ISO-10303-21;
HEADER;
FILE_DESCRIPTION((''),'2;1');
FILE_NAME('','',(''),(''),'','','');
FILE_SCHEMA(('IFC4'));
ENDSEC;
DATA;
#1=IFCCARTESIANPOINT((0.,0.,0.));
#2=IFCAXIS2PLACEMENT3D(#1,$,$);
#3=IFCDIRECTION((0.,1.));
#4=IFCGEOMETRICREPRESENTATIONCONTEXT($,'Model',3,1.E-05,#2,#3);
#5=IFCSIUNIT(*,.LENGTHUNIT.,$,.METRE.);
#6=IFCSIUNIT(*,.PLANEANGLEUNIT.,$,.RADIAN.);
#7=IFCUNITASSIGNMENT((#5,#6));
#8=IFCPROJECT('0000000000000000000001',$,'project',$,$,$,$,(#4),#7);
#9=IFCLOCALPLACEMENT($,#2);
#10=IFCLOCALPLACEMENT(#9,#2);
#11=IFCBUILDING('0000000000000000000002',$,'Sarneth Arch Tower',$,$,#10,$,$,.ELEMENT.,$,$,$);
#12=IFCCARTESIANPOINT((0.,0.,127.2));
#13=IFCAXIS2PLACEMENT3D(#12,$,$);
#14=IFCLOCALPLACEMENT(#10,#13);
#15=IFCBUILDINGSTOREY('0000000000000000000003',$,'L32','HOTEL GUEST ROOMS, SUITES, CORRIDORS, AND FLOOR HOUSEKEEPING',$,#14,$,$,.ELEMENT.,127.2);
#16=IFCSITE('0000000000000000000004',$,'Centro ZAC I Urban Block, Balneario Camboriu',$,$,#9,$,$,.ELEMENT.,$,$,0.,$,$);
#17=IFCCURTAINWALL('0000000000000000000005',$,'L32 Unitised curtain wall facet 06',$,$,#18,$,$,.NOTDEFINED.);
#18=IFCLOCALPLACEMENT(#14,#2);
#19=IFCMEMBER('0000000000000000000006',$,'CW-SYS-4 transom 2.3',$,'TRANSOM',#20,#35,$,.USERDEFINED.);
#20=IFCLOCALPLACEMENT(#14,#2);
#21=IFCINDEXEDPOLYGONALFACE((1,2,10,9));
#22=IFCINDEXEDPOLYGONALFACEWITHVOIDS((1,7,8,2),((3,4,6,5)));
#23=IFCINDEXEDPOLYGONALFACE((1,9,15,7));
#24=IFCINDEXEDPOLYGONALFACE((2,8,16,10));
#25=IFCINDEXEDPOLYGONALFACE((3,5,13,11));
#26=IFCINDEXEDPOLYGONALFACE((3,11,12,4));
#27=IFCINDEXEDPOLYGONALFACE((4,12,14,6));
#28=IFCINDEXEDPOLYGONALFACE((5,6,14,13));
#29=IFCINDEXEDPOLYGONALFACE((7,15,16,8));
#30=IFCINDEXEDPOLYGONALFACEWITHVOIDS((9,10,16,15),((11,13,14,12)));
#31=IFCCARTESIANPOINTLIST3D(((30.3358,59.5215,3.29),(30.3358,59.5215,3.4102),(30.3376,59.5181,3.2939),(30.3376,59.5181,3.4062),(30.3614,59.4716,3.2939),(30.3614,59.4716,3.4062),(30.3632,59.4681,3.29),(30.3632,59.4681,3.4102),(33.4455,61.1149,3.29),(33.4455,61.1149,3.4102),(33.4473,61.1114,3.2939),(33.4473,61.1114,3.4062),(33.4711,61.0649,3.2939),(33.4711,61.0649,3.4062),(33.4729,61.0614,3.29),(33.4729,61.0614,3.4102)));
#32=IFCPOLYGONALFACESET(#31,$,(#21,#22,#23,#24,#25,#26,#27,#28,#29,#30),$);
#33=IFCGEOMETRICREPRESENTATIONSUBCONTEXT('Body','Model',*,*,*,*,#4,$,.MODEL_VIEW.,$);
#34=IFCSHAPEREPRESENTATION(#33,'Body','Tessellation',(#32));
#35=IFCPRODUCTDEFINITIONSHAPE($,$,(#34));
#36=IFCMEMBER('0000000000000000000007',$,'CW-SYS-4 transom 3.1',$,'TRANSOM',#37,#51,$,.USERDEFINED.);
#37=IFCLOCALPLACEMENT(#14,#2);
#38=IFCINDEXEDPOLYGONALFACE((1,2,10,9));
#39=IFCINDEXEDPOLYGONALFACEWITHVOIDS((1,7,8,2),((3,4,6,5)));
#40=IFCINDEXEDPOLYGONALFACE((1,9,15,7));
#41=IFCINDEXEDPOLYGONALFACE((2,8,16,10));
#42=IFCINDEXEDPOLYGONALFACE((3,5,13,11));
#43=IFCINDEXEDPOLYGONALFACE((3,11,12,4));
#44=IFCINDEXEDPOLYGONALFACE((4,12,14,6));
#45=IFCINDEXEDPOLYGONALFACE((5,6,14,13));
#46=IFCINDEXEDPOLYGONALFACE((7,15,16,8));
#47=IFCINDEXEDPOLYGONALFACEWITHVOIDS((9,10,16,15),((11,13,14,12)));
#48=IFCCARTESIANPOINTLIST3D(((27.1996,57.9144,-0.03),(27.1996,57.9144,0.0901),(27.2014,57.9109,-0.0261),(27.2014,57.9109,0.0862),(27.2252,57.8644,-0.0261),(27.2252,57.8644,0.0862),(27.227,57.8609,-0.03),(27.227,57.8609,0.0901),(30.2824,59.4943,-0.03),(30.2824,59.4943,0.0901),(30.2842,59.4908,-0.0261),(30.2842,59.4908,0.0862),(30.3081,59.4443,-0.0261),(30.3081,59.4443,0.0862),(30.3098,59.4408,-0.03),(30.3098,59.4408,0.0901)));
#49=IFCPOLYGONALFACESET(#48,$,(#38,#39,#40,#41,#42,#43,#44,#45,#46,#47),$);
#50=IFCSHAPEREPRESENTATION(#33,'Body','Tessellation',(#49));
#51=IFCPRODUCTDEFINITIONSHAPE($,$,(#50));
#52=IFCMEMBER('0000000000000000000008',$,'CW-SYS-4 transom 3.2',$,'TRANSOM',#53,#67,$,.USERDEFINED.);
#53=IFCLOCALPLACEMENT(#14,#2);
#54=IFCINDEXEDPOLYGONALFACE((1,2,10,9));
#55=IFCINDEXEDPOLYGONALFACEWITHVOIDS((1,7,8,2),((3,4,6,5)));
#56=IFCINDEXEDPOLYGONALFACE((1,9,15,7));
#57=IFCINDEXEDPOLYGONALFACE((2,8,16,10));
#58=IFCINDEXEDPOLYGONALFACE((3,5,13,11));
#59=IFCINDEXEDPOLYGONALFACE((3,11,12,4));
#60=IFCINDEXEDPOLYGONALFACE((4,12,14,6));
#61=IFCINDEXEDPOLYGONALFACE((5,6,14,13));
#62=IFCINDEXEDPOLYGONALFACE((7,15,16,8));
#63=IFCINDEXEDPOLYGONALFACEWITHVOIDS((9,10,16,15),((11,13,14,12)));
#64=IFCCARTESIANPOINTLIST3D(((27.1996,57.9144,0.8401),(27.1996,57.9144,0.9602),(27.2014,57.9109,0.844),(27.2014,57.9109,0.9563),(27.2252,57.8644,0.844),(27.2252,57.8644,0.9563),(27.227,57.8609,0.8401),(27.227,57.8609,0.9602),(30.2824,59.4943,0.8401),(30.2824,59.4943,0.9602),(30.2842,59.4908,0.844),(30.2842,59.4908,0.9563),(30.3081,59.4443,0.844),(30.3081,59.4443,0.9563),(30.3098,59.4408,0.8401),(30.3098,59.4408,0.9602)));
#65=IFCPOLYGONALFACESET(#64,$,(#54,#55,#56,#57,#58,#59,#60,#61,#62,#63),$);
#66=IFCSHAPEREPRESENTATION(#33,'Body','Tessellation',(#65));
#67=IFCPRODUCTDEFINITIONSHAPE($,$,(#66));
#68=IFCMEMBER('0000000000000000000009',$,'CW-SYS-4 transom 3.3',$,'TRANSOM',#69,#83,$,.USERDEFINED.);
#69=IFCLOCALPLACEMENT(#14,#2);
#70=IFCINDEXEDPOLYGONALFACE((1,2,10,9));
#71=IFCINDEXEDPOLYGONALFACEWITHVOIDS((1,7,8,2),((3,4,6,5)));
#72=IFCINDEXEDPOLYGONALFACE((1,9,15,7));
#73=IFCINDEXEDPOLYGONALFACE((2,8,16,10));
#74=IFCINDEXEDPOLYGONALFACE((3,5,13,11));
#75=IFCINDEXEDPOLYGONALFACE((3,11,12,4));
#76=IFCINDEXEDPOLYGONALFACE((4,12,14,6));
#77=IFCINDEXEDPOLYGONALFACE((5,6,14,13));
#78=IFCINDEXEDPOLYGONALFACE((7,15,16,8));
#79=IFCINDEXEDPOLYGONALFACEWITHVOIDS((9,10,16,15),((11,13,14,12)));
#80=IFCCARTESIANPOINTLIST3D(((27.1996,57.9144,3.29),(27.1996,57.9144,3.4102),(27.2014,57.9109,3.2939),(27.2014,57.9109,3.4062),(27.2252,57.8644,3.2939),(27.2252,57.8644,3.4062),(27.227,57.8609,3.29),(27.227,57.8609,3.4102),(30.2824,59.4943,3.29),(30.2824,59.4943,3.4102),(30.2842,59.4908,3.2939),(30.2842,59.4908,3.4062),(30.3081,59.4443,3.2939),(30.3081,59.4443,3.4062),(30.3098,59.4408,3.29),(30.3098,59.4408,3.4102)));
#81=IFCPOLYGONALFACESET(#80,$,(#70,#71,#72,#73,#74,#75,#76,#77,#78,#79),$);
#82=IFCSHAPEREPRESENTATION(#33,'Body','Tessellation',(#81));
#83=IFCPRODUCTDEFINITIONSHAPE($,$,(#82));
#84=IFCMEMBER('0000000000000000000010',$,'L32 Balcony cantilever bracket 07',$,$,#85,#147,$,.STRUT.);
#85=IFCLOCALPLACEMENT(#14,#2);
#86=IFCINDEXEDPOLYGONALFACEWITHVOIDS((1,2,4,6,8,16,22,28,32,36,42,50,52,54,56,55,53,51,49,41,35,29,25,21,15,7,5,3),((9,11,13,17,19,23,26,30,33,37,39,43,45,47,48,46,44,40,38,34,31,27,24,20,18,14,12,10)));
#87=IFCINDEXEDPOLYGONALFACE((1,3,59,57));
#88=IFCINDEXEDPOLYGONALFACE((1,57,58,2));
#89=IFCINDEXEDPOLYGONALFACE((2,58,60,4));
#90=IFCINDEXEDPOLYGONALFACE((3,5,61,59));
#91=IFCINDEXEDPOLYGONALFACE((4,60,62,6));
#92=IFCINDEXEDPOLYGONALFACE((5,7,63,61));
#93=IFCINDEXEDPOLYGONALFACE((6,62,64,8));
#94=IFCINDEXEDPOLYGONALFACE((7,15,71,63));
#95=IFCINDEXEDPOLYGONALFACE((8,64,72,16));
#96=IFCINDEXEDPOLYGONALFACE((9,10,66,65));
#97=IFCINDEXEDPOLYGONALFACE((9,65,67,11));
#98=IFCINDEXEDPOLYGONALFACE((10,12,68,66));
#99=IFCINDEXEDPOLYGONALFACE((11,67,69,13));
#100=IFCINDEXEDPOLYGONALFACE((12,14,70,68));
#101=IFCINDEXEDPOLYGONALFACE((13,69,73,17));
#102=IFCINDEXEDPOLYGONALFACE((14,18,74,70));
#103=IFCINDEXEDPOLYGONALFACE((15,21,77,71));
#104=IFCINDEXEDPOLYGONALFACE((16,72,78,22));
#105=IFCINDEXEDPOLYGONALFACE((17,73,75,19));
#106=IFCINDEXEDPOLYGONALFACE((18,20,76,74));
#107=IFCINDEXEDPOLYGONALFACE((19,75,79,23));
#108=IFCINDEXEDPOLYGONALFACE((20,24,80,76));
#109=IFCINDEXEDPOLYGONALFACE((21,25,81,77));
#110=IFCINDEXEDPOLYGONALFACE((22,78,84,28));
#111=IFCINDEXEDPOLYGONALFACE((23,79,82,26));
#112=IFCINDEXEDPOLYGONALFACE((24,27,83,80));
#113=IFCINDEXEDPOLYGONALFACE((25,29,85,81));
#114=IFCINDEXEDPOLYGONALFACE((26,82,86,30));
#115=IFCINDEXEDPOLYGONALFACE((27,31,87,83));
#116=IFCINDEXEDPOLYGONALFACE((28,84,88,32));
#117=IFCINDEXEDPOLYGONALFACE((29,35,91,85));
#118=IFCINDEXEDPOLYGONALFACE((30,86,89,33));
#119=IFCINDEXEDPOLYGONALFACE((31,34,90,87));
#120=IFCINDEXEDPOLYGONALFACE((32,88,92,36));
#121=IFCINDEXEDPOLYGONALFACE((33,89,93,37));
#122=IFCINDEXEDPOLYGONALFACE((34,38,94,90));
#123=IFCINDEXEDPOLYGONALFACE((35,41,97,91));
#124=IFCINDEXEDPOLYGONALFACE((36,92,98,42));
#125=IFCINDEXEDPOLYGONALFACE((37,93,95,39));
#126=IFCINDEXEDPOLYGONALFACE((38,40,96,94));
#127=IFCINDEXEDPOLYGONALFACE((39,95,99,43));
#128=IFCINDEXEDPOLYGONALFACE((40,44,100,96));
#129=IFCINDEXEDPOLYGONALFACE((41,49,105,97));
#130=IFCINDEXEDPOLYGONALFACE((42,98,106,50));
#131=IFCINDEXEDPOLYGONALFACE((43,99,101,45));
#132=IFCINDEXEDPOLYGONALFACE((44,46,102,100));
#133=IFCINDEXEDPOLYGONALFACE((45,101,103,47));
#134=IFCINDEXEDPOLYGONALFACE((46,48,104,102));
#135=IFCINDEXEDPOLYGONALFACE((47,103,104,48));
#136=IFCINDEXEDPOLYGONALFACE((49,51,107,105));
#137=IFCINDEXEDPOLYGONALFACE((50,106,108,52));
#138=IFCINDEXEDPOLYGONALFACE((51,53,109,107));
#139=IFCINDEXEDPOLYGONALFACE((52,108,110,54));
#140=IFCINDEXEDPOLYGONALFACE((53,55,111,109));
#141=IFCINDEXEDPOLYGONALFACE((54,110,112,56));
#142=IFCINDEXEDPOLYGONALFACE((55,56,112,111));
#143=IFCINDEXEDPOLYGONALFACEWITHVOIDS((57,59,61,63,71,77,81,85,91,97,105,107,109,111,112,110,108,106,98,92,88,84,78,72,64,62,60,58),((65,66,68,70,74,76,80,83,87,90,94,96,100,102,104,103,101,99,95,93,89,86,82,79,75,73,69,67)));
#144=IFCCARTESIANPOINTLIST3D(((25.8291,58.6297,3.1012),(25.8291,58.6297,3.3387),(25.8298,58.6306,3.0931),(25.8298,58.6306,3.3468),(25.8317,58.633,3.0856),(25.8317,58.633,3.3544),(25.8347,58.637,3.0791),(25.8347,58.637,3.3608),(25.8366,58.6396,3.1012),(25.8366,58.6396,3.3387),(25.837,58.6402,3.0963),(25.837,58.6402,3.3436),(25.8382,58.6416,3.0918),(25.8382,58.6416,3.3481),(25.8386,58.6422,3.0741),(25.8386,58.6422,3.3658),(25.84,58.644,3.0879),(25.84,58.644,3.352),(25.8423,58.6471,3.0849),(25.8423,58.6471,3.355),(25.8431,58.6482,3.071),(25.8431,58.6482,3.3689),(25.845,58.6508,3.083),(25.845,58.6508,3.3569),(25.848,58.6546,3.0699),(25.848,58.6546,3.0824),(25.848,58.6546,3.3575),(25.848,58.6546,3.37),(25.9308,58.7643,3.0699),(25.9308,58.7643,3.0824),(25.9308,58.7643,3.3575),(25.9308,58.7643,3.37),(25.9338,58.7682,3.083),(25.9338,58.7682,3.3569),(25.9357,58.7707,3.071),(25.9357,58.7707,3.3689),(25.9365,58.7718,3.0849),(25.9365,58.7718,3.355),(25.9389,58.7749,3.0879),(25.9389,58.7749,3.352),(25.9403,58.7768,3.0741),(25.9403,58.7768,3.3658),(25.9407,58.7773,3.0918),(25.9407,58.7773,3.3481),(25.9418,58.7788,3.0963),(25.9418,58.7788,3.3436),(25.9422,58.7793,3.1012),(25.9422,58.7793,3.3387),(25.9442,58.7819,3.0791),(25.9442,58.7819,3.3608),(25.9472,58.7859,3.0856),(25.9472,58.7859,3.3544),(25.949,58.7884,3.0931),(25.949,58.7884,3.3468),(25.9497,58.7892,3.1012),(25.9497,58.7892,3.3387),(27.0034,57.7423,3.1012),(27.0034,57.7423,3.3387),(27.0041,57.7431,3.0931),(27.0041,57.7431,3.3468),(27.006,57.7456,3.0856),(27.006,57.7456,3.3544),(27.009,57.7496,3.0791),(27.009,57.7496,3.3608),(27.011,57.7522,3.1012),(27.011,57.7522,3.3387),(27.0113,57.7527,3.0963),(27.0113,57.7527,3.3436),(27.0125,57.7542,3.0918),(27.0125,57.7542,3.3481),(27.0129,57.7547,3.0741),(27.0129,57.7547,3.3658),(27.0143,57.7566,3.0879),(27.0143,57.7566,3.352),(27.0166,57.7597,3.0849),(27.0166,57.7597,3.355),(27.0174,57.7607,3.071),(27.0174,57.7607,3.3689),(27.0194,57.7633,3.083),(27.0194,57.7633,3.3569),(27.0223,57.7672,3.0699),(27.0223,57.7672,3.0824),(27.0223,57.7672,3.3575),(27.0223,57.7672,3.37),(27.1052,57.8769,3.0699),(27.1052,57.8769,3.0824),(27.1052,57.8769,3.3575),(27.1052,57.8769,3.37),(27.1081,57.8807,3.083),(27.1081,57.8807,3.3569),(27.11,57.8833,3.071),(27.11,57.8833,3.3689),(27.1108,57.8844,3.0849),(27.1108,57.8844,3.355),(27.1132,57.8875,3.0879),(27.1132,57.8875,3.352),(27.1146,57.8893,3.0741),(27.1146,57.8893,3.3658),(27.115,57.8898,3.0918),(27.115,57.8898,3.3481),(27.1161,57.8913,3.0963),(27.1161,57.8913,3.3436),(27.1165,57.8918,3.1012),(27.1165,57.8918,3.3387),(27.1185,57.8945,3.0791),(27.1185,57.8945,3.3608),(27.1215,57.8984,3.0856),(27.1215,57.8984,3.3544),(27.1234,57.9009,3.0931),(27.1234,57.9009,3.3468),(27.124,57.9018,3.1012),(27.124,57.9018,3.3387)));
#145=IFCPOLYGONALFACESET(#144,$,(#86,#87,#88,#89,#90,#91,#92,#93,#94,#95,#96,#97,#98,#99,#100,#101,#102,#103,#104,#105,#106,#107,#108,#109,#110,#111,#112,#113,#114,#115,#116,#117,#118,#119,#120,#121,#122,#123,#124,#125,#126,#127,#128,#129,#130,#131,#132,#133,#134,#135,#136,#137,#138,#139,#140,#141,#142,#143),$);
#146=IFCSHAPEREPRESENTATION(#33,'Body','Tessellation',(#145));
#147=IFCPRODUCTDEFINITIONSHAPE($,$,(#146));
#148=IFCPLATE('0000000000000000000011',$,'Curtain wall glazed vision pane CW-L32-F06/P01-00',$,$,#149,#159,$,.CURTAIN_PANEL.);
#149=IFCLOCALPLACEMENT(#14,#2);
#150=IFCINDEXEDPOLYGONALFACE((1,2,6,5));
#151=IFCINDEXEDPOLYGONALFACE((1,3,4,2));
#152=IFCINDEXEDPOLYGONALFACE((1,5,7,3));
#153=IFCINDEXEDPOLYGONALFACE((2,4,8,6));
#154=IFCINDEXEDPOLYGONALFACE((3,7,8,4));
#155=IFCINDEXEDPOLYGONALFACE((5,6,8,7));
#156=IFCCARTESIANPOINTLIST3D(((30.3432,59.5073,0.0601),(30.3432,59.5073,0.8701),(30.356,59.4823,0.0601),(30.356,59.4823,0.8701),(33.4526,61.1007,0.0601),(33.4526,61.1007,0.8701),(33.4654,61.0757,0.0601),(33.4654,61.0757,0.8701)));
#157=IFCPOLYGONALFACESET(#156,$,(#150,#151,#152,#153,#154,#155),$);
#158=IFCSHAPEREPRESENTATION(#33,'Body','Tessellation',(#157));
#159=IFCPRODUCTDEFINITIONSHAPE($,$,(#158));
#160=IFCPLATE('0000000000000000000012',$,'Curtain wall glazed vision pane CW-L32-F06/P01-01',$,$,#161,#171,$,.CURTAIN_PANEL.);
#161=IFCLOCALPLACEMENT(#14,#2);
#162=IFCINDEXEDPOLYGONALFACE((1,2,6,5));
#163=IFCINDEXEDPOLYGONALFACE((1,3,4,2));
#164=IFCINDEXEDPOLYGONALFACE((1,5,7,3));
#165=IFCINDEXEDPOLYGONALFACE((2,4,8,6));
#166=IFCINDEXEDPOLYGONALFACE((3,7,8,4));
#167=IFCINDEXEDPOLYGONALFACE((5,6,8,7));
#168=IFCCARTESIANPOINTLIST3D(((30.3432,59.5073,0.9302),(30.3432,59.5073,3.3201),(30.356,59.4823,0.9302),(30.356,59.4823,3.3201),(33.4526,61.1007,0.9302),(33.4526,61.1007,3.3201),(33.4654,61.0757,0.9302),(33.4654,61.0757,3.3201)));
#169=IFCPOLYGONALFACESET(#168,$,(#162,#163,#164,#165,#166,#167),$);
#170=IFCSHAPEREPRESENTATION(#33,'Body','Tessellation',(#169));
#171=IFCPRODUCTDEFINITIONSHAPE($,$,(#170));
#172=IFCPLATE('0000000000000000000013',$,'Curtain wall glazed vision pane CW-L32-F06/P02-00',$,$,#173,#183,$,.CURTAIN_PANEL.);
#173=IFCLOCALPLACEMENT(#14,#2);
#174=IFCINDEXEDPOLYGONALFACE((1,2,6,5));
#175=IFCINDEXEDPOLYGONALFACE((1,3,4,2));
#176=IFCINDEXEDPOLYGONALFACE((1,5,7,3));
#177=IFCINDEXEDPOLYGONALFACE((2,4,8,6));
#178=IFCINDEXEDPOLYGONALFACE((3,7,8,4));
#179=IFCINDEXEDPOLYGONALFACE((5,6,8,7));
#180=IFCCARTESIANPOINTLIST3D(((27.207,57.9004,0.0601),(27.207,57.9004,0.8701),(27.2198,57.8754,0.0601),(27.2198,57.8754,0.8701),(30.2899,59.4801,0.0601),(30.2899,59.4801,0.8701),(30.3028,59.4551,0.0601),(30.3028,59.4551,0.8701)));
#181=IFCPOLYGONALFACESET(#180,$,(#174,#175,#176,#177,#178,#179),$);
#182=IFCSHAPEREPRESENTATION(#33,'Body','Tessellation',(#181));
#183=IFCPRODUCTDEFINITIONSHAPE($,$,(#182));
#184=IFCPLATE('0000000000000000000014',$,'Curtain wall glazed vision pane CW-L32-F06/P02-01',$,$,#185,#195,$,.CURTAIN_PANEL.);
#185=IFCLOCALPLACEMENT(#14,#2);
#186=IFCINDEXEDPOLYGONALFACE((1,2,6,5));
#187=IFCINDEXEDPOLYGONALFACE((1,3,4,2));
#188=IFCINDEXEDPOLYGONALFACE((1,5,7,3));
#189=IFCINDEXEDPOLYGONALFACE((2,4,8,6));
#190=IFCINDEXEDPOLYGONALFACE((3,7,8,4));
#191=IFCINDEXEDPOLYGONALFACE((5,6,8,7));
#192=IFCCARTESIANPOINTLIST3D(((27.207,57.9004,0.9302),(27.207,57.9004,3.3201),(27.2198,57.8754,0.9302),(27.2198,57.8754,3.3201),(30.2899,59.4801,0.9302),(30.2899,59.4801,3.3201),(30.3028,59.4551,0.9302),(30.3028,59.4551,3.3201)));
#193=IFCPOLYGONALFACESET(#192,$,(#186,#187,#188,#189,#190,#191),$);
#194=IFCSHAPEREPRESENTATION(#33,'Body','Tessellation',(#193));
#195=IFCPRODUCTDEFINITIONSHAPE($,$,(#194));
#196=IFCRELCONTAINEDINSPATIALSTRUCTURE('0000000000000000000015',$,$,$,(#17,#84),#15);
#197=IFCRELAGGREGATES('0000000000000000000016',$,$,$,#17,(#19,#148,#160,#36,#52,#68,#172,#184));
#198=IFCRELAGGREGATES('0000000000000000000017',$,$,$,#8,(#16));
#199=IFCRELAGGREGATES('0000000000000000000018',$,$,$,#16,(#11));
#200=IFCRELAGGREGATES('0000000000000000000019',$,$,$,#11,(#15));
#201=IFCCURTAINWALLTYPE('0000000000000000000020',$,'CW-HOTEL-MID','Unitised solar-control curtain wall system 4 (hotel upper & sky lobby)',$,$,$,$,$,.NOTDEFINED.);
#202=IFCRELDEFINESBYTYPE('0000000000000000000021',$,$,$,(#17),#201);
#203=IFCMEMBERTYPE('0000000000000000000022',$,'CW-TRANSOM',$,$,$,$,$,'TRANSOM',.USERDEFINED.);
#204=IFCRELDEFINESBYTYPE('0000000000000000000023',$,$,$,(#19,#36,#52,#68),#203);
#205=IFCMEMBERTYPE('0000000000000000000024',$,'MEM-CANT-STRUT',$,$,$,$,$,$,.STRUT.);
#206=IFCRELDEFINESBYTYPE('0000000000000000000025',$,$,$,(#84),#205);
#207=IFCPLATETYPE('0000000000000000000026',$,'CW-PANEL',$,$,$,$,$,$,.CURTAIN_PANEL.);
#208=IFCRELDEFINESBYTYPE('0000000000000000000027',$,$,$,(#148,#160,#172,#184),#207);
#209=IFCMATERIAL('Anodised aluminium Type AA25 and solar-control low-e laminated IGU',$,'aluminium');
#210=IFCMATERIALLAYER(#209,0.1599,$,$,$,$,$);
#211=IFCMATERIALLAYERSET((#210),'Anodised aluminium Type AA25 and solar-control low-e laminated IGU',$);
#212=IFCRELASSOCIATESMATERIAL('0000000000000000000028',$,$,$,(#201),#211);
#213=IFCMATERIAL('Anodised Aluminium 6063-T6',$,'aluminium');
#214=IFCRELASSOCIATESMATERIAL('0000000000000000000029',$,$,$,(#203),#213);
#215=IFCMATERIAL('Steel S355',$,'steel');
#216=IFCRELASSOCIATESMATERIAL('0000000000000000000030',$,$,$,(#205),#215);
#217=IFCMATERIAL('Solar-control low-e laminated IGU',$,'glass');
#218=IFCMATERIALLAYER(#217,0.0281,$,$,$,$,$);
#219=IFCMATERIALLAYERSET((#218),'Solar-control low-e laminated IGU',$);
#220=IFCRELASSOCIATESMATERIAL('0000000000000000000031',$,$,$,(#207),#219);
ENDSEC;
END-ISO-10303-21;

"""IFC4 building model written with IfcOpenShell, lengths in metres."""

from ifc_helpers import new_model, si_unit, direction, frame, origin, origin_2d, place, context, subcontext, project, spatial, rectangle, hollow_rectangle, extrude, material, layer, layer_set, material_profile, profile_set, type_object, element, aggregate, save


model = new_model("IFC4")

# Units and contexts
model_context = context("Model", 3, precision=1e-05, world=origin(), true_north=direction((0.0, 1.0)))
body_context = subcontext(model_context, "Body", "Model", "MODEL_VIEW")
ifc_project = project(units=[si_unit("LENGTHUNIT", "METRE"), si_unit("PLANEANGLEUNIT", "RADIAN")], contexts=[model_context])

# Site, building, storey
site_placement = place(None, origin())
site = spatial("IfcSite", under=ifc_project, at=site_placement, Name="Centro ZAC I Urban Block, Balneario Camboriu", CompositionType="ELEMENT", RefElevation=0.0)
building_placement = place(site_placement, origin())
building = spatial("IfcBuilding", under=site, at=building_placement, Name="Sarneth Arch Tower", CompositionType="ELEMENT")
storey_placement = place(building_placement, frame((0.0, 0.0, 127.2)))
storey = spatial("IfcBuildingStorey", under=building, at=storey_placement, Name="L32", Description="HOTEL GUEST ROOMS, SUITES, CORRIDORS, AND FLOOR HOUSEKEEPING", CompositionType="ELEMENT", Elevation=127.2)

# Curtain wall, members
ifc_material_1 = material(Name="Anodised aluminium Type AA25 and solar-control low-e laminated IGU", Category="aluminium")
ifc_layer_1 = layer(ifc_material_1, 0.1599)
ifc_layer_set_1 = layer_set([ifc_layer_1], Name="Anodised aluminium Type AA25 and solar-control low-e laminated IGU")
curtain_wall_type = type_object("IfcCurtainWallType", Name="CW-HOTEL-MID", Description="Unitised solar-control curtain wall system 4 (hotel upper & sky lobby)", PredefinedType="NOTDEFINED", material=ifc_layer_set_1)
curtain_wall_placement = place(storey_placement, origin())
curtain_wall = element("IfcCurtainWall", 1, at=curtain_wall_placement, inside=storey, type_object=curtain_wall_type, Name="L32 Unitised curtain wall facet 06", PredefinedType="NOTDEFINED")
ifc_material_2 = material(Name="Anodised Aluminium 6063-T6", Category="aluminium")
ifc_material_profile_1 = material_profile(ifc_material_2, hollow_rectangle(XDim=0.0601, YDim=0.1201, WallThickness=0.0039, at=origin_2d()), Name="AL-TRAN-120x60x4")
ifc_profile_set_1 = profile_set([ifc_material_profile_1], Name="Anodised Aluminium 6063-T6")
member_type_1 = type_object("IfcMemberType", Name="CW-TRANSOM", ElementType="TRANSOM", PredefinedType="USERDEFINED", material=ifc_profile_set_1)
member_1_placement = place(storey_placement, frame((33.4592, 61.0881, 3.3501), z_axis=(-0.889982, -0.455996, 0.0), x_axis=(0.455996, -0.889982, 0.0)))
member_1 = element("IfcMember", 2, at=member_1_placement, type_object=member_type_1, Name="CW-SYS-4 transom 2.3", ObjectType="TRANSOM", PredefinedType="USERDEFINED", context=body_context, shape_type="SweptSolid", body=[
    extrude(hollow_rectangle(XDim=0.0601, YDim=0.1201, WallThickness=0.0039, at=origin_2d()), origin(), (0.0, 0.0, 1.0), 3.4941),
])
member_2_placement = place(storey_placement, frame((30.2961, 59.4675, 0.03), z_axis=(-0.889943, -0.456072, 0.0), x_axis=(0.456072, -0.889943, 0.0)))
member_2 = element("IfcMember", 3, at=member_2_placement, type_object=member_type_1, Name="CW-SYS-4 transom 3.1", ObjectType="TRANSOM", PredefinedType="USERDEFINED", context=body_context, shape_type="SweptSolid", body=[
    extrude(hollow_rectangle(XDim=0.0601, YDim=0.1201, WallThickness=0.0039, at=origin_2d()), origin(), (0.0, 0.0, 1.0), 3.4641),
])
member_3_placement = place(storey_placement, frame((30.2961, 59.4675, 0.9001), z_axis=(-0.889943, -0.456072, 0.0), x_axis=(0.456072, -0.889943, 0.0)))
member_3 = element("IfcMember", 4, at=member_3_placement, type_object=member_type_1, Name="CW-SYS-4 transom 3.2", ObjectType="TRANSOM", PredefinedType="USERDEFINED", context=body_context, shape_type="SweptSolid", body=[
    extrude(hollow_rectangle(XDim=0.0601, YDim=0.1201, WallThickness=0.0039, at=origin_2d()), origin(), (0.0, 0.0, 1.0), 3.4641),
])
member_4_placement = place(storey_placement, frame((30.2961, 59.4675, 3.3501), z_axis=(-0.889943, -0.456072, 0.0), x_axis=(0.456072, -0.889943, 0.0)))
member_4 = element("IfcMember", 5, at=member_4_placement, type_object=member_type_1, Name="CW-SYS-4 transom 3.3", ObjectType="TRANSOM", PredefinedType="USERDEFINED", context=body_context, shape_type="SweptSolid", body=[
    extrude(hollow_rectangle(XDim=0.0601, YDim=0.1201, WallThickness=0.0039, at=origin_2d()), origin(), (0.0, 0.0, 1.0), 3.4641),
])

# Member
ifc_material_3 = material(Name="Steel S355", Category="steel")
ifc_material_profile_2 = material_profile(ifc_material_3, hollow_rectangle(XDim=0.2, YDim=0.3, WallThickness=0.0125, InnerFilletRadius=0.0188, OuterFilletRadius=0.0312, at=origin_2d()), Name="RHS300x200x12.5")
ifc_profile_set_2 = profile_set([ifc_material_profile_2], Name="Steel S355")
member_type_2 = type_object("IfcMemberType", Name="MEM-CANT-STRUT", PredefinedType="STRUT", material=ifc_profile_set_2)
member_5_placement = place(storey_placement, frame((27.0637, 57.822, 3.22), z_axis=(-0.797805, 0.602915, 0.0), x_axis=(-0.602915, -0.797805, 0.0)))
element("IfcMember", 6, at=member_5_placement, inside=storey, type_object=member_type_2, Name="L32 Balcony cantilever bracket 07", PredefinedType="STRUT", context=body_context, shape_type="SweptSolid", body=[
    extrude(hollow_rectangle(XDim=0.2, YDim=0.3, WallThickness=0.0125, InnerFilletRadius=0.0188, OuterFilletRadius=0.0312, at=origin_2d()), origin(), (0.0, 0.0, 1.0), 1.4719),
])

# Plates
ifc_material_4 = material(Name="Solar-control low-e laminated IGU", Category="glass")
ifc_layer_2 = layer(ifc_material_4, 0.0281)
ifc_layer_set_2 = layer_set([ifc_layer_2], Name="Solar-control low-e laminated IGU")
plate_type_1 = type_object("IfcPlateType", Name="CW-PANEL", PredefinedType="CURTAIN_PANEL", material=ifc_layer_set_2)
plate_1_placement = place(storey_placement, frame((31.9043, 60.2915, 0.0601), z_axis=(0.0, 0.0, 1.0), x_axis=(-0.889964, -0.456031, 0.0)))
plate_1 = element("IfcPlate", 7, at=plate_1_placement, type_object=plate_type_1, Name="Curtain wall glazed vision pane CW-L32-F06/P01-00", PredefinedType="CURTAIN_PANEL", context=body_context, shape_type="SweptSolid", body=[
    extrude(rectangle(XDim=3.4939, YDim=0.0281, at=origin_2d()), origin(), (0.0, 0.0, 1.0), 0.8101),
])
plate_2_placement = place(storey_placement, frame((31.9043, 60.2915, 0.9302), z_axis=(0.0, 0.0, 1.0), x_axis=(-0.889964, -0.456031, 0.0)))
plate_2 = element("IfcPlate", 8, at=plate_2_placement, type_object=plate_type_1, Name="Curtain wall glazed vision pane CW-L32-F06/P01-01", PredefinedType="CURTAIN_PANEL", context=body_context, shape_type="SweptSolid", body=[
    extrude(rectangle(XDim=3.4939, YDim=0.0281, at=origin_2d()), origin(), (0.0, 0.0, 1.0), 2.3899),
])
plate_3_placement = place(storey_placement, frame((28.7549, 58.6777, 0.0601), z_axis=(0.0, 0.0, 1.0), x_axis=(-0.889964, -0.456031, 0.0)))
plate_3 = element("IfcPlate", 9, at=plate_3_placement, type_object=plate_type_1, Name="Curtain wall glazed vision pane CW-L32-F06/P02-00", PredefinedType="CURTAIN_PANEL", context=body_context, shape_type="SweptSolid", body=[
    extrude(rectangle(XDim=3.4641, YDim=0.0281, at=origin_2d()), origin(), (0.0, 0.0, 1.0), 0.8101),
])
plate_4_placement = place(storey_placement, frame((28.7549, 58.6777, 0.9302), z_axis=(0.0, 0.0, 1.0), x_axis=(-0.889964, -0.456031, 0.0)))
plate_4 = element("IfcPlate", 10, at=plate_4_placement, type_object=plate_type_1, Name="Curtain wall glazed vision pane CW-L32-F06/P02-01", PredefinedType="CURTAIN_PANEL", context=body_context, shape_type="SweptSolid", body=[
    extrude(rectangle(XDim=3.4641, YDim=0.0281, at=origin_2d()), origin(), (0.0, 0.0, 1.0), 2.3899),
])
aggregate(curtain_wall, [member_1, plate_1, plate_2, member_2, member_3, member_4, plate_3, plate_4])

save(model, "model.ifc")
